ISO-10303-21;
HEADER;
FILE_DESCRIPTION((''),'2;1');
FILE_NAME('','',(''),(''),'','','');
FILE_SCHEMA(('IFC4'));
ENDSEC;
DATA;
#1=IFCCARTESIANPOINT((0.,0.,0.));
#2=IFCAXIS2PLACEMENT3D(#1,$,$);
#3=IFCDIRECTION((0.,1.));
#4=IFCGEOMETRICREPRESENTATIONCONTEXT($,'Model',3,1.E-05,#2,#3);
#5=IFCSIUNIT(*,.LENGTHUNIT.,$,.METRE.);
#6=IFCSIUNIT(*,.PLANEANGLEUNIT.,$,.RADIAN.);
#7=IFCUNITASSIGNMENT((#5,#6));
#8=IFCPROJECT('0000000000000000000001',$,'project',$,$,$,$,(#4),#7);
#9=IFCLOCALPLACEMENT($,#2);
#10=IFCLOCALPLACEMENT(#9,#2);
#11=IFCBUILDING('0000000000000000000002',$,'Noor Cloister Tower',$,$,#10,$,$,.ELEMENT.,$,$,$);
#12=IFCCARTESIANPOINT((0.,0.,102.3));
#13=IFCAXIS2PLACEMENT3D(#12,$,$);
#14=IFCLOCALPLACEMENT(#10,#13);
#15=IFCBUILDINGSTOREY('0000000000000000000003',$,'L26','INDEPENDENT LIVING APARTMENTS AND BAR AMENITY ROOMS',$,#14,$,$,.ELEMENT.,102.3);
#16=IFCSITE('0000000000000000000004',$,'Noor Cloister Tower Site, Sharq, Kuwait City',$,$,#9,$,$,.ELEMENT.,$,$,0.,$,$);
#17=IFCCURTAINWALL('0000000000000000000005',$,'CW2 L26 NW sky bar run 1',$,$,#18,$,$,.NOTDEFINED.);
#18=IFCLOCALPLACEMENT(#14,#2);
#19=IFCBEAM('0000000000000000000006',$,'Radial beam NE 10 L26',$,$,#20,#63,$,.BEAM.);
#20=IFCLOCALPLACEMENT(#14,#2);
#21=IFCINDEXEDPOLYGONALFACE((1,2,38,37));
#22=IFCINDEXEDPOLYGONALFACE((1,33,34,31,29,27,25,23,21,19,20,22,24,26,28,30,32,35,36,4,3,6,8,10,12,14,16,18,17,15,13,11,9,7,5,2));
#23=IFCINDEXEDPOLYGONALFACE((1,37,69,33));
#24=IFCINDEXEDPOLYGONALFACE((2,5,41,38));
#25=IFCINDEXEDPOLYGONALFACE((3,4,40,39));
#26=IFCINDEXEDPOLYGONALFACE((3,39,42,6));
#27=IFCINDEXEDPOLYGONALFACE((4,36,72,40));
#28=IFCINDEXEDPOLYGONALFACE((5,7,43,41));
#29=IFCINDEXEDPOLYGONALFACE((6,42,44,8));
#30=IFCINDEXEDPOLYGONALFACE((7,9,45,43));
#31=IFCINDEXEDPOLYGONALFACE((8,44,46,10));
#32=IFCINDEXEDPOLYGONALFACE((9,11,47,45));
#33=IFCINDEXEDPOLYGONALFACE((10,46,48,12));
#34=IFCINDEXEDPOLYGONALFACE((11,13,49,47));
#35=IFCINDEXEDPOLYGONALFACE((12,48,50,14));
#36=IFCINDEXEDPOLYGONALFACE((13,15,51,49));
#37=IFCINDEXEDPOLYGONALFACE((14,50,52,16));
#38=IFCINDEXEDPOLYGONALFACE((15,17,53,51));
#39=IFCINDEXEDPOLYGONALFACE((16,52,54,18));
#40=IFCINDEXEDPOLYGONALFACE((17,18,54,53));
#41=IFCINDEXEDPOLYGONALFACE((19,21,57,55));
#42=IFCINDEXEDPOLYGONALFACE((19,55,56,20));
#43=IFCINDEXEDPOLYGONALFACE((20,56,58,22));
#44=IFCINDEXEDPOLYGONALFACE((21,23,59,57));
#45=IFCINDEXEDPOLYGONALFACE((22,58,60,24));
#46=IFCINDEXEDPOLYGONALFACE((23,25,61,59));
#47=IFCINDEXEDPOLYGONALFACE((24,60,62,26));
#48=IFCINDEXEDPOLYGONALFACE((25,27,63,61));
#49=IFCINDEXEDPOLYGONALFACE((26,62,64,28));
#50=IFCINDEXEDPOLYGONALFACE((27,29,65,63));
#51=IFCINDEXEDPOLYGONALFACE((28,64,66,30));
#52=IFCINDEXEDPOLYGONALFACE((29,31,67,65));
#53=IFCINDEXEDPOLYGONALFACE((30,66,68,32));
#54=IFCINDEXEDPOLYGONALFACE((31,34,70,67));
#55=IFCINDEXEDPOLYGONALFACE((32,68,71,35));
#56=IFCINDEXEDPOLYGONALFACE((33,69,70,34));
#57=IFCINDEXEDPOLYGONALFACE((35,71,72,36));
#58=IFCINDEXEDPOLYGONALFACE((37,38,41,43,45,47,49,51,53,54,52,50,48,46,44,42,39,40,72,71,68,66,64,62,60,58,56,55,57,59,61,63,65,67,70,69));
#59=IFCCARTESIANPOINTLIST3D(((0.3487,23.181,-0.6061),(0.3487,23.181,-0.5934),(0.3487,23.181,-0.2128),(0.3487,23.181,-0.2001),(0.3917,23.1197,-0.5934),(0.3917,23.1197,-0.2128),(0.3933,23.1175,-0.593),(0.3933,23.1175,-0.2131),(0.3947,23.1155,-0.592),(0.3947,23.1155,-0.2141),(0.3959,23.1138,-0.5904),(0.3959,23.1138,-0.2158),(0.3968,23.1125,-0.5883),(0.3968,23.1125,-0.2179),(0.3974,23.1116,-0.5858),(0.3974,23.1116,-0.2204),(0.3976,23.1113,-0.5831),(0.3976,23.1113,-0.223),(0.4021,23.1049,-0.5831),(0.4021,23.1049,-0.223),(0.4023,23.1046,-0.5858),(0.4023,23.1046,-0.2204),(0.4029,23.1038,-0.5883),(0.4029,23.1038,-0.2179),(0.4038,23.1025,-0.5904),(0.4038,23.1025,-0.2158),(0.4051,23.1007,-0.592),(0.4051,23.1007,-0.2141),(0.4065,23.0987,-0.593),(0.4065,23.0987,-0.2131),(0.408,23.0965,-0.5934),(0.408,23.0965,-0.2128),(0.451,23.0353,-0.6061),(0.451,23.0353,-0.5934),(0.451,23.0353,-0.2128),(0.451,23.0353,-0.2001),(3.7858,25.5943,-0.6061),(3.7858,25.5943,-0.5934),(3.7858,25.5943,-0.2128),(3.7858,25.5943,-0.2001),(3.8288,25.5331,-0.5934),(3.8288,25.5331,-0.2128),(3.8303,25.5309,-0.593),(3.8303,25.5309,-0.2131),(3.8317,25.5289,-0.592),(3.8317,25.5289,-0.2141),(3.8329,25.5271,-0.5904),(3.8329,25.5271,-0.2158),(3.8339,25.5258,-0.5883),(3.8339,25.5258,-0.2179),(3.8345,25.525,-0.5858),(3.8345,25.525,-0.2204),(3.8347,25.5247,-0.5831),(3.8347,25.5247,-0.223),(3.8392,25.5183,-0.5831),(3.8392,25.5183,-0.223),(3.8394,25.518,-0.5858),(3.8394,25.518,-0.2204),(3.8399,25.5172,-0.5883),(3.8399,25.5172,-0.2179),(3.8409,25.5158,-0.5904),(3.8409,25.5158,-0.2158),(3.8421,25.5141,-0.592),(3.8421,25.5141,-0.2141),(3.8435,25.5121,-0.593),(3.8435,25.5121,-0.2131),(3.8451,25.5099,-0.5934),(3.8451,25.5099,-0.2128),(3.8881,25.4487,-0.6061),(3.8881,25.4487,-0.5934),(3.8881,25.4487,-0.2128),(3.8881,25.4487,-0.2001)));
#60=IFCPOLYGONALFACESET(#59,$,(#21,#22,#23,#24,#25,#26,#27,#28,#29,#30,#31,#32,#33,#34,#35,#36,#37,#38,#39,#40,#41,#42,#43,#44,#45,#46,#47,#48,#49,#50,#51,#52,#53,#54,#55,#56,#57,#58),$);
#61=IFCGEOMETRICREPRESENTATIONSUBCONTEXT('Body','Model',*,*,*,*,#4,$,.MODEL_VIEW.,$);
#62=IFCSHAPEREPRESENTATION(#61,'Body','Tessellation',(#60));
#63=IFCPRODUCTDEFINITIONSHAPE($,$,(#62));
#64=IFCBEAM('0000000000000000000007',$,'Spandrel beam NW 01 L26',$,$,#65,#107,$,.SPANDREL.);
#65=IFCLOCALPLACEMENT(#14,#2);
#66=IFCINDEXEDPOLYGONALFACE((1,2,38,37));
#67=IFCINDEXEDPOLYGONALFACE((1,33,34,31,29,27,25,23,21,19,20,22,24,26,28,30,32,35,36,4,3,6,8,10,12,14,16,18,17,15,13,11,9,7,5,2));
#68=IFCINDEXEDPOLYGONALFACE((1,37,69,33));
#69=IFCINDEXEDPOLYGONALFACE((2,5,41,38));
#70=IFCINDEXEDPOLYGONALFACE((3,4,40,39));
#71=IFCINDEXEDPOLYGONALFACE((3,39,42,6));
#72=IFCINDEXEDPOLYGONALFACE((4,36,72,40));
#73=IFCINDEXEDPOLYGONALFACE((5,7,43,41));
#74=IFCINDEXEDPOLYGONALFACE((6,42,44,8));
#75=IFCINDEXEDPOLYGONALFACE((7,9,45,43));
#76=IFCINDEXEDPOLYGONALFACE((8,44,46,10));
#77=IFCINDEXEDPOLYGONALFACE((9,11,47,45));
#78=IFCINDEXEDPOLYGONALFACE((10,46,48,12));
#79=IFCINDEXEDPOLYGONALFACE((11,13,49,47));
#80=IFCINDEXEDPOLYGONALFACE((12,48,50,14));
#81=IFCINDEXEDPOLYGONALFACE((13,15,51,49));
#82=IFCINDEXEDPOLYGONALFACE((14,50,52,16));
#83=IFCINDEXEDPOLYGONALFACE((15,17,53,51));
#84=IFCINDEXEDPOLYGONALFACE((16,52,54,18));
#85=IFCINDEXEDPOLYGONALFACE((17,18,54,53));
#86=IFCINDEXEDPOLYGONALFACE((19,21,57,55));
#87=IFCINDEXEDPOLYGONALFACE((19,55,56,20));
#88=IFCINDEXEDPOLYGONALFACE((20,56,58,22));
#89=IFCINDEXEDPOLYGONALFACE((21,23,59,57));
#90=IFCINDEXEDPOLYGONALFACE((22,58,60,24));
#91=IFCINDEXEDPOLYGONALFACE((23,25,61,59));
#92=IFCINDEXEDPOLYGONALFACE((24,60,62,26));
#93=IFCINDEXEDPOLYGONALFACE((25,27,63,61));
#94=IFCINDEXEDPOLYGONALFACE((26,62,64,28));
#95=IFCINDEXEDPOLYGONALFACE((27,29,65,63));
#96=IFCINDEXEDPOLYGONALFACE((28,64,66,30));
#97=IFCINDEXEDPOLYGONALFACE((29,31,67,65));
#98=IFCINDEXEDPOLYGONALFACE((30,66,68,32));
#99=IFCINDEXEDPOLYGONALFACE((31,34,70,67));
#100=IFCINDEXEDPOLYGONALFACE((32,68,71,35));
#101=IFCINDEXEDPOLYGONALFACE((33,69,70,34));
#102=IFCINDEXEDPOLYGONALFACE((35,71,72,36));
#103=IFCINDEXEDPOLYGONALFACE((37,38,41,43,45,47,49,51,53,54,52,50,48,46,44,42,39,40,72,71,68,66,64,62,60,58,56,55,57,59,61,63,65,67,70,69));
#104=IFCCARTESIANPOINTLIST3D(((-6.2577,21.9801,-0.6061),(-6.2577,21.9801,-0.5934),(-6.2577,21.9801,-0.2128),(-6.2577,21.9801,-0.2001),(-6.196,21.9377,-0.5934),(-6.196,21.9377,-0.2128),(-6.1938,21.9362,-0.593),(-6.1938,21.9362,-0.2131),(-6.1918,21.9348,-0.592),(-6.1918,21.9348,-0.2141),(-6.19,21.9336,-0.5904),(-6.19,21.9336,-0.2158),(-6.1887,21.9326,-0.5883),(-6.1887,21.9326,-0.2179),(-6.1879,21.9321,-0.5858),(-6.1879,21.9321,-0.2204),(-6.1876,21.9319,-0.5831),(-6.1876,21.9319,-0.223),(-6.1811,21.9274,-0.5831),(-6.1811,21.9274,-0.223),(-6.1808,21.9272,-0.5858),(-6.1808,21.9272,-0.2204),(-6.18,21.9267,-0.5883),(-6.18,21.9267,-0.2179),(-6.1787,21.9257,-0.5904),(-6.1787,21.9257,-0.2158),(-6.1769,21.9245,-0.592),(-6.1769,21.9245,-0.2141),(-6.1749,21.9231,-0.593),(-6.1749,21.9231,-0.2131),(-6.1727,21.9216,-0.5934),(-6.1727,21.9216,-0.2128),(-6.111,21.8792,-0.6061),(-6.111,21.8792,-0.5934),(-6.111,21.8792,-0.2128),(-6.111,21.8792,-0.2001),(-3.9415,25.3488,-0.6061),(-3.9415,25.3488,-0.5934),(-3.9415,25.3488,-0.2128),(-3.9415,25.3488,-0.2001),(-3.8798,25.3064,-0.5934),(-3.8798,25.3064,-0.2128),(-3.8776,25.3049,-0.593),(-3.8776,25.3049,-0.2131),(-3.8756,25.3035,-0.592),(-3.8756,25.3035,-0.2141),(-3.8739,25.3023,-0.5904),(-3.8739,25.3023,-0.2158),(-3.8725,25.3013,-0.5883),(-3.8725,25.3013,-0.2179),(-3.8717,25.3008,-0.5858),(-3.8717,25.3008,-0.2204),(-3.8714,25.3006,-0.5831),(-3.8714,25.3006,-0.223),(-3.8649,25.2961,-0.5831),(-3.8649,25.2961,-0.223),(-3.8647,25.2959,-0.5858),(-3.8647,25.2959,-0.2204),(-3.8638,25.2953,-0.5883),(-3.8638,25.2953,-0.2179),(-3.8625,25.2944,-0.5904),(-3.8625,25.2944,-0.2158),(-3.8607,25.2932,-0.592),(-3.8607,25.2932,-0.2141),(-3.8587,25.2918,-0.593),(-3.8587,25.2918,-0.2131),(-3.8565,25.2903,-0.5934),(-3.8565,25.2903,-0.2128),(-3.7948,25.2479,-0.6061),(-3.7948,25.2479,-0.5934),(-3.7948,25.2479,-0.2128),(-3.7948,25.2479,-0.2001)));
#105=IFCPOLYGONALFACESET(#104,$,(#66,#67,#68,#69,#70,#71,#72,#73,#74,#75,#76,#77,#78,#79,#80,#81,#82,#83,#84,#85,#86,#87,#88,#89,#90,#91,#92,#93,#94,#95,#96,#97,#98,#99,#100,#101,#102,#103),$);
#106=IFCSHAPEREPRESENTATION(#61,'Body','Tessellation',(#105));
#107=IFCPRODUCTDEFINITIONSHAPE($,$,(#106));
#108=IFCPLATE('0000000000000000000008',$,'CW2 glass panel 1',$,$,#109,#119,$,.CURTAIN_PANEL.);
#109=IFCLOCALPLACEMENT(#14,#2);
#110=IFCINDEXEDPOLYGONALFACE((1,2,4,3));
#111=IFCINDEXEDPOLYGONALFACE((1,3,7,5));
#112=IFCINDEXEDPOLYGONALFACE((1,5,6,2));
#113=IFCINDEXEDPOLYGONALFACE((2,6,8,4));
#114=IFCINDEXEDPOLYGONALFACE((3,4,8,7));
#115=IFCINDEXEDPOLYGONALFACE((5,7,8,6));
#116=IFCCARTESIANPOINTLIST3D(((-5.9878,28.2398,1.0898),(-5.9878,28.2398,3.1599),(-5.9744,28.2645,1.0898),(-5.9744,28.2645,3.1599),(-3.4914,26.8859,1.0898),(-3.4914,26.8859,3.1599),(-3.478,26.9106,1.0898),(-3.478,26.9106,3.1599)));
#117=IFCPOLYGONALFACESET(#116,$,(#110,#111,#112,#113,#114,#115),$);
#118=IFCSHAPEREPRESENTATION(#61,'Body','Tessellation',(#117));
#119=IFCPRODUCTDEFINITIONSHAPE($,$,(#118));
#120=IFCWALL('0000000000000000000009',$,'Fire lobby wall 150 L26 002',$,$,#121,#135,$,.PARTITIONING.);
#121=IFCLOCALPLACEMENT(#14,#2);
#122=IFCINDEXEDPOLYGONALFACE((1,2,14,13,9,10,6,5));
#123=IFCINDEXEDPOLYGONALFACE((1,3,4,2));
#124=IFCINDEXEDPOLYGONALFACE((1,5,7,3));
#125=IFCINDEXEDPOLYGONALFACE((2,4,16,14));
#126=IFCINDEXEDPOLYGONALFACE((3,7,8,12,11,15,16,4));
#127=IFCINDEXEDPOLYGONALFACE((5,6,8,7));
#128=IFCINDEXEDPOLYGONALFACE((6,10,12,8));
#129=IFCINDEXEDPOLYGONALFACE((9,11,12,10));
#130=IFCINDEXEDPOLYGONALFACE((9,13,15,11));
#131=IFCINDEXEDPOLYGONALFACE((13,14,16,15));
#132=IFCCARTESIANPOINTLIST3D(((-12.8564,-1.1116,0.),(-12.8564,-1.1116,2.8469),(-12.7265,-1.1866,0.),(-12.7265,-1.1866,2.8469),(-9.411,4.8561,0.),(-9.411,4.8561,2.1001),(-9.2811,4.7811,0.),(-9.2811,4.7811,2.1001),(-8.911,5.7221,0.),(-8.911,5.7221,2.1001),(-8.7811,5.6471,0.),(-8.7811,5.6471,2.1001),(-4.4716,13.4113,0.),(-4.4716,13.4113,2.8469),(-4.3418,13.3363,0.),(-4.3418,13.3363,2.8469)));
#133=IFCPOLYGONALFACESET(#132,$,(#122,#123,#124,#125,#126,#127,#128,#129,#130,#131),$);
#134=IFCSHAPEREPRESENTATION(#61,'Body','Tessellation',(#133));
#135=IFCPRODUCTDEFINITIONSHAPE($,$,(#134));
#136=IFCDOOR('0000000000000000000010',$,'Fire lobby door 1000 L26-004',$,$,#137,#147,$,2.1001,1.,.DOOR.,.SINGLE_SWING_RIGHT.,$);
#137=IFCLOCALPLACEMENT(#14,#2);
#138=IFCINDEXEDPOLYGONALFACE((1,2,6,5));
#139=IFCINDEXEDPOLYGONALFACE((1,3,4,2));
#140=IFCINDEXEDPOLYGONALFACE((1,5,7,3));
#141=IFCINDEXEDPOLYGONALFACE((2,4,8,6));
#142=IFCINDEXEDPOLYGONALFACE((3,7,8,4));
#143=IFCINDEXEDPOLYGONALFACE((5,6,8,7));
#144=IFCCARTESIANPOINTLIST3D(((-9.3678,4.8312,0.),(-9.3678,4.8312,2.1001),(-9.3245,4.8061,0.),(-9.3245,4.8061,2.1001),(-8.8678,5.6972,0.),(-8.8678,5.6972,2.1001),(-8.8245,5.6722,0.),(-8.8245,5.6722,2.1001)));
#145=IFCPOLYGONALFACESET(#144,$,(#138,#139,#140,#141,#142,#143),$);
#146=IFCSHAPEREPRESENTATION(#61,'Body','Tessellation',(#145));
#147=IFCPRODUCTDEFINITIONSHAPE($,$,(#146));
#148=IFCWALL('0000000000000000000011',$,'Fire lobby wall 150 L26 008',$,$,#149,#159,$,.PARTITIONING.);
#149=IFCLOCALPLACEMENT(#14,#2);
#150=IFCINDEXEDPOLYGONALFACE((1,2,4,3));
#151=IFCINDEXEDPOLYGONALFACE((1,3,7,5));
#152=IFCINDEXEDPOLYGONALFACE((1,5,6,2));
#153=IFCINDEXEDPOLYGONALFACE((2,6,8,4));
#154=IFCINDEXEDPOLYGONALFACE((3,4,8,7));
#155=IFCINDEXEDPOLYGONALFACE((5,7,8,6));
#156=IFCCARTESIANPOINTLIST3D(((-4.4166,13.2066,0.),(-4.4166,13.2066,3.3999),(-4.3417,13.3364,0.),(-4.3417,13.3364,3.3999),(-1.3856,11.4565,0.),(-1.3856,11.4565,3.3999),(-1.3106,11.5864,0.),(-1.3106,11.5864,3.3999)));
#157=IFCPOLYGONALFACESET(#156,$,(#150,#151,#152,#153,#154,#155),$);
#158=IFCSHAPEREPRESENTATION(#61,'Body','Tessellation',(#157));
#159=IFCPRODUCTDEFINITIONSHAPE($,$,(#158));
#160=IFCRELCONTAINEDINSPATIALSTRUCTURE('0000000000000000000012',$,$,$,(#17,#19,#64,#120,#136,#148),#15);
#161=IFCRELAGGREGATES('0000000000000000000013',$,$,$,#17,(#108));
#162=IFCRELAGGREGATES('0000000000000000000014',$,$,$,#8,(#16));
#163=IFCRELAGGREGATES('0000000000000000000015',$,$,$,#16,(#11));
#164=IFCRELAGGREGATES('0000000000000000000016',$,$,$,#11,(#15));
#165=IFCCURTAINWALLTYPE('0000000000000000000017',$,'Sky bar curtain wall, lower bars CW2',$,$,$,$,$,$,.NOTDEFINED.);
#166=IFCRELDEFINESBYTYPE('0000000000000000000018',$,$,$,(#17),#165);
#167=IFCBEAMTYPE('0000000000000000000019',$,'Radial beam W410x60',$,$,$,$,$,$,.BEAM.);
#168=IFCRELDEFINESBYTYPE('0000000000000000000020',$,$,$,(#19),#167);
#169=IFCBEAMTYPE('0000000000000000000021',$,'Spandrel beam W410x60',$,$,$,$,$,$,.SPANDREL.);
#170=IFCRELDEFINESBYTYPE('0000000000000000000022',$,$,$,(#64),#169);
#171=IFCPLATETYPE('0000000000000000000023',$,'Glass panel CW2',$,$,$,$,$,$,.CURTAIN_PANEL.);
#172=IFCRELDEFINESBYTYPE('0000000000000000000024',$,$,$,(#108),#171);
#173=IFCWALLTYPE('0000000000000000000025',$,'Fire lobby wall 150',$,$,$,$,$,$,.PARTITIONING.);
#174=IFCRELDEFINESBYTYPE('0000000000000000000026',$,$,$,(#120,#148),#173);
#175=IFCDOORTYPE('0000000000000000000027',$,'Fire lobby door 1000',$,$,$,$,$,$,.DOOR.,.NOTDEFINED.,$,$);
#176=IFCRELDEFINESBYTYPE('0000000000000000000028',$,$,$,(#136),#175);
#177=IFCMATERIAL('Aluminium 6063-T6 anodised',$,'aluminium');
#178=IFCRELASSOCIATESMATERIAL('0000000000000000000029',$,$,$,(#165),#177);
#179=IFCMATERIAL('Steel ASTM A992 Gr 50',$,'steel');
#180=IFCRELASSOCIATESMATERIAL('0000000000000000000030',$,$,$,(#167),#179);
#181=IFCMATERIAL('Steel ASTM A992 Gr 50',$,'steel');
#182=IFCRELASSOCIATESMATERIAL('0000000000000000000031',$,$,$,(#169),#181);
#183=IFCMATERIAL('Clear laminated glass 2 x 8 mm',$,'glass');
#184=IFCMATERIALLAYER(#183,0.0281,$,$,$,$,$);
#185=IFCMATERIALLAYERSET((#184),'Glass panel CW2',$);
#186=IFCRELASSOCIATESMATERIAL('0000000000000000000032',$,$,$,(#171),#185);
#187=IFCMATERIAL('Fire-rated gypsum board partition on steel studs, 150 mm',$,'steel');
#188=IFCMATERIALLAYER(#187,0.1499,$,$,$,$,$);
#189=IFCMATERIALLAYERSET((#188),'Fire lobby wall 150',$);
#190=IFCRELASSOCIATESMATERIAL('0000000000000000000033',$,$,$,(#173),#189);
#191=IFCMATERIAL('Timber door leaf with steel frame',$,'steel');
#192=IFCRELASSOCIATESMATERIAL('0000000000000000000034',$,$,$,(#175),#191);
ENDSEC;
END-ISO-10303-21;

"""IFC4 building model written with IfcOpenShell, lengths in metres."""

from ifc_helpers import new_model, si_unit, direction, frame, frame_2d, origin, origin_2d, place, context, subcontext, project, spatial, rectangle, i_section, extrude, material, layer, layer_set, material_profile, profile_set, type_object, element, fill, aggregate, save


model = new_model("IFC4")

# Units and contexts
model_context = context("Model", 3, precision=1e-05, world=origin(), true_north=direction((0.0, 1.0)))
body_context = subcontext(model_context, "Body", "Model", "MODEL_VIEW")
ifc_project = project(units=[si_unit("LENGTHUNIT", "METRE"), si_unit("PLANEANGLEUNIT", "RADIAN")], contexts=[model_context])

# Site, building, storey
site_placement = place(None, origin())
site = spatial("IfcSite", under=ifc_project, at=site_placement, Name="Noor Cloister Tower Site, Sharq, Kuwait City", CompositionType="ELEMENT", RefElevation=0.0)
building_placement = place(site_placement, origin())
building = spatial("IfcBuilding", under=site, at=building_placement, Name="Noor Cloister Tower", CompositionType="ELEMENT")
storey_placement = place(building_placement, frame((0.0, 0.0, 102.3)))
storey = spatial("IfcBuildingStorey", under=building, at=storey_placement, Name="L26", Description="INDEPENDENT LIVING APARTMENTS AND BAR AMENITY ROOMS", CompositionType="ELEMENT", Elevation=102.3)

# Curtain wall
ifc_material_1 = material(Name="Aluminium 6063-T6 anodised", Category="aluminium")
curtain_wall_type_1 = type_object("IfcCurtainWallType", Name="Sky bar curtain wall, lower bars CW2", PredefinedType="NOTDEFINED", material=ifc_material_1)
curtain_wall_1_placement = place(storey_placement, origin())
curtain_wall_1 = element("IfcCurtainWall", 1, at=curtain_wall_1_placement, inside=storey, type_object=curtain_wall_type_1, Name="CW2 L26 NW sky bar run 1", PredefinedType="NOTDEFINED")

# Beams
ifc_material_2 = material(Name="Steel ASTM A992 Gr 50", Category="steel")
ifc_material_profile_1 = material_profile(ifc_material_2, i_section(OverallWidth=0.178, OverallDepth=0.406, WebThickness=0.0078, FlangeThickness=0.0127, FilletRadius=0.0103, at=origin_2d()), Name="W410x60")
ifc_profile_set_1 = profile_set([ifc_material_profile_1], Name="Steel ASTM A992 Gr 50")
beam_type_1 = type_object("IfcBeamType", Name="Radial beam W410x60", PredefinedType="BEAM", material=ifc_profile_set_1)
for number, where, z_axis, x_axis, name in (
    (2, (3.8369, 25.5215, -0.4031), (-0.818401, -0.574648, 0.0), (0.574648, -0.818401, 0.0), "Radial beam NE 10 L26"),
):
    element("IfcBeam", number, at=place(storey_placement, frame(where, z_axis=z_axis, x_axis=x_axis)), inside=storey, type_object=beam_type_1, Name=name, PredefinedType="BEAM", context=body_context, shape_type="SweptSolid", body=[
        extrude(i_section(OverallWidth=0.178, OverallDepth=0.406, WebThickness=0.0078, FlangeThickness=0.0127, FilletRadius=0.0103, at=origin_2d()), origin(), (0.0, 0.0, 1.0), 4.1997),
    ])
ifc_material_3 = material(Name="Steel ASTM A992 Gr 50", Category="steel")
ifc_material_profile_2 = material_profile(ifc_material_3, i_section(OverallWidth=0.178, OverallDepth=0.406, WebThickness=0.0078, FlangeThickness=0.0127, FilletRadius=0.0103, at=origin_2d()), Name="W410x60")
ifc_profile_set_2 = profile_set([ifc_material_profile_2], Name="Steel ASTM A992 Gr 50")
beam_type_2 = type_object("IfcBeamType", Name="Spandrel beam W410x60", PredefinedType="SPANDREL", material=ifc_profile_set_2)
beam_1_placement = place(storey_placement, frame((-3.8682, 25.2983, -0.4031), z_axis=(-0.566564, -0.824018, 0.0), x_axis=(0.824018, -0.566564, 0.0)))
element("IfcBeam", 3, at=beam_1_placement, inside=storey, type_object=beam_type_2, Name="Spandrel beam NW 01 L26", PredefinedType="SPANDREL", context=body_context, shape_type="SweptSolid", body=[
    extrude(i_section(OverallWidth=0.178, OverallDepth=0.406, WebThickness=0.0078, FlangeThickness=0.0127, FilletRadius=0.0103, at=origin_2d()), origin(), (0.0, 0.0, 1.0), 4.0881),
])

# Plate
ifc_material_4 = material(Name="Clear laminated glass 2 x 8 mm", Category="glass")
ifc_layer_1 = layer(ifc_material_4, 0.0281)
ifc_layer_set_1 = layer_set([ifc_layer_1], Name="Glass panel CW2")
plate_type = type_object("IfcPlateType", Name="Glass panel CW2", PredefinedType="CURTAIN_PANEL", material=ifc_layer_set_1)
plate_placement = place(storey_placement, frame((-4.7329, 27.5752, 1.0898), z_axis=(0.0, 0.0, 1.0), x_axis=(-0.879048, 0.476734, 0.0)))
plate = element("IfcPlate", 4, at=plate_placement, type_object=plate_type, Name="CW2 glass panel 1", PredefinedType="CURTAIN_PANEL", context=body_context, shape_type="SweptSolid", body=[
    extrude(rectangle(XDim=2.8398, YDim=0.0281, at=origin_2d()), origin(), (0.0, 0.0, 1.0), 2.0701),
])
aggregate(curtain_wall_1, [plate])

# Wall, opening, door
ifc_material_5 = material(Name="Fire-rated gypsum board partition on steel studs, 150 mm", Category="steel")
ifc_layer_2 = layer(ifc_material_5, 0.1499)
ifc_layer_set_2 = layer_set([ifc_layer_2], Name="Fire lobby wall 150")
wall_type_1 = type_object("IfcWallType", Name="Fire lobby wall 150", PredefinedType="PARTITIONING", material=ifc_layer_set_2)
wall_1_placement = place(storey_placement, frame((-4.4067, 13.3738, 0.0), z_axis=(0.0, 0.0, 1.0), x_axis=(-0.499997, -0.866027, 0.0)))
wall_1 = element("IfcWall", 5, at=wall_1_placement, inside=storey, type_object=wall_type_1, Name="Fire lobby wall 150 L26 002", PredefinedType="PARTITIONING", context=body_context, shape_type="SweptSolid", body=[
    extrude(rectangle(XDim=16.7695, YDim=0.1499, at=frame_2d((8.3848, 0.0))), origin(), (0.0, 0.0, 1.0), 2.8469),
])
opening_1_placement = place(wall_1_placement, frame((8.8787, 0.0, 0.0)))
opening_1 = element("IfcOpeningElement", 6, at=opening_1_placement, cuts=wall_1, PredefinedType="OPENING", context=body_context, shape_type="SweptSolid", body=[
    extrude(rectangle(XDim=1.0, YDim=2.1001, at=frame_2d((0.5, 1.05))), frame((0.0, 0.085, 0.0), z_axis=(0.0, -1.0, 0.0), x_axis=(1.0, 0.0, 0.0)), (0.0, 0.0, 1.0), 0.1699),
])
ifc_material_6 = material(Name="Timber door leaf with steel frame", Category="steel")
door_type_1 = type_object("IfcDoorType", Name="Fire lobby door 1000", OperationType="NOTDEFINED", PredefinedType="DOOR", material=ifc_material_6)
door_1_placement = place(opening_1_placement, origin())
door_1 = element("IfcDoor", 7, at=door_1_placement, inside=storey, type_object=door_type_1, Name="Fire lobby door 1000 L26-004", OperationType="SINGLE_SWING_RIGHT", OverallHeight=2.1001, OverallWidth=1.0, PredefinedType="DOOR", context=body_context, shape_type="SweptSolid", body=[
    extrude(rectangle(XDim=1.0, YDim=2.1001, at=frame_2d((0.5, 1.05))), frame((0.0, 0.0249, 0.0), z_axis=(0.0, -1.0, 0.0), x_axis=(1.0, 0.0, 0.0)), (0.0, 0.0, 1.0), 0.05),
])
fill(opening_1, door_1)

# Wall
wall_2_placement = place(storey_placement, frame((-4.3792, 13.2715, 0.0), z_axis=(0.0, 0.0, 1.0), x_axis=(0.866019, -0.50001, 0.0)))
element("IfcWall", 8, at=wall_2_placement, inside=storey, type_object=wall_type_1, Name="Fire lobby wall 150 L26 008", PredefinedType="PARTITIONING", context=body_context, shape_type="SweptSolid", body=[
    extrude(rectangle(XDim=3.5, YDim=0.1499, at=frame_2d((1.75, 0.0))), origin(), (0.0, 0.0, 1.0), 3.3999),
])

save(model, "model.ifc")
